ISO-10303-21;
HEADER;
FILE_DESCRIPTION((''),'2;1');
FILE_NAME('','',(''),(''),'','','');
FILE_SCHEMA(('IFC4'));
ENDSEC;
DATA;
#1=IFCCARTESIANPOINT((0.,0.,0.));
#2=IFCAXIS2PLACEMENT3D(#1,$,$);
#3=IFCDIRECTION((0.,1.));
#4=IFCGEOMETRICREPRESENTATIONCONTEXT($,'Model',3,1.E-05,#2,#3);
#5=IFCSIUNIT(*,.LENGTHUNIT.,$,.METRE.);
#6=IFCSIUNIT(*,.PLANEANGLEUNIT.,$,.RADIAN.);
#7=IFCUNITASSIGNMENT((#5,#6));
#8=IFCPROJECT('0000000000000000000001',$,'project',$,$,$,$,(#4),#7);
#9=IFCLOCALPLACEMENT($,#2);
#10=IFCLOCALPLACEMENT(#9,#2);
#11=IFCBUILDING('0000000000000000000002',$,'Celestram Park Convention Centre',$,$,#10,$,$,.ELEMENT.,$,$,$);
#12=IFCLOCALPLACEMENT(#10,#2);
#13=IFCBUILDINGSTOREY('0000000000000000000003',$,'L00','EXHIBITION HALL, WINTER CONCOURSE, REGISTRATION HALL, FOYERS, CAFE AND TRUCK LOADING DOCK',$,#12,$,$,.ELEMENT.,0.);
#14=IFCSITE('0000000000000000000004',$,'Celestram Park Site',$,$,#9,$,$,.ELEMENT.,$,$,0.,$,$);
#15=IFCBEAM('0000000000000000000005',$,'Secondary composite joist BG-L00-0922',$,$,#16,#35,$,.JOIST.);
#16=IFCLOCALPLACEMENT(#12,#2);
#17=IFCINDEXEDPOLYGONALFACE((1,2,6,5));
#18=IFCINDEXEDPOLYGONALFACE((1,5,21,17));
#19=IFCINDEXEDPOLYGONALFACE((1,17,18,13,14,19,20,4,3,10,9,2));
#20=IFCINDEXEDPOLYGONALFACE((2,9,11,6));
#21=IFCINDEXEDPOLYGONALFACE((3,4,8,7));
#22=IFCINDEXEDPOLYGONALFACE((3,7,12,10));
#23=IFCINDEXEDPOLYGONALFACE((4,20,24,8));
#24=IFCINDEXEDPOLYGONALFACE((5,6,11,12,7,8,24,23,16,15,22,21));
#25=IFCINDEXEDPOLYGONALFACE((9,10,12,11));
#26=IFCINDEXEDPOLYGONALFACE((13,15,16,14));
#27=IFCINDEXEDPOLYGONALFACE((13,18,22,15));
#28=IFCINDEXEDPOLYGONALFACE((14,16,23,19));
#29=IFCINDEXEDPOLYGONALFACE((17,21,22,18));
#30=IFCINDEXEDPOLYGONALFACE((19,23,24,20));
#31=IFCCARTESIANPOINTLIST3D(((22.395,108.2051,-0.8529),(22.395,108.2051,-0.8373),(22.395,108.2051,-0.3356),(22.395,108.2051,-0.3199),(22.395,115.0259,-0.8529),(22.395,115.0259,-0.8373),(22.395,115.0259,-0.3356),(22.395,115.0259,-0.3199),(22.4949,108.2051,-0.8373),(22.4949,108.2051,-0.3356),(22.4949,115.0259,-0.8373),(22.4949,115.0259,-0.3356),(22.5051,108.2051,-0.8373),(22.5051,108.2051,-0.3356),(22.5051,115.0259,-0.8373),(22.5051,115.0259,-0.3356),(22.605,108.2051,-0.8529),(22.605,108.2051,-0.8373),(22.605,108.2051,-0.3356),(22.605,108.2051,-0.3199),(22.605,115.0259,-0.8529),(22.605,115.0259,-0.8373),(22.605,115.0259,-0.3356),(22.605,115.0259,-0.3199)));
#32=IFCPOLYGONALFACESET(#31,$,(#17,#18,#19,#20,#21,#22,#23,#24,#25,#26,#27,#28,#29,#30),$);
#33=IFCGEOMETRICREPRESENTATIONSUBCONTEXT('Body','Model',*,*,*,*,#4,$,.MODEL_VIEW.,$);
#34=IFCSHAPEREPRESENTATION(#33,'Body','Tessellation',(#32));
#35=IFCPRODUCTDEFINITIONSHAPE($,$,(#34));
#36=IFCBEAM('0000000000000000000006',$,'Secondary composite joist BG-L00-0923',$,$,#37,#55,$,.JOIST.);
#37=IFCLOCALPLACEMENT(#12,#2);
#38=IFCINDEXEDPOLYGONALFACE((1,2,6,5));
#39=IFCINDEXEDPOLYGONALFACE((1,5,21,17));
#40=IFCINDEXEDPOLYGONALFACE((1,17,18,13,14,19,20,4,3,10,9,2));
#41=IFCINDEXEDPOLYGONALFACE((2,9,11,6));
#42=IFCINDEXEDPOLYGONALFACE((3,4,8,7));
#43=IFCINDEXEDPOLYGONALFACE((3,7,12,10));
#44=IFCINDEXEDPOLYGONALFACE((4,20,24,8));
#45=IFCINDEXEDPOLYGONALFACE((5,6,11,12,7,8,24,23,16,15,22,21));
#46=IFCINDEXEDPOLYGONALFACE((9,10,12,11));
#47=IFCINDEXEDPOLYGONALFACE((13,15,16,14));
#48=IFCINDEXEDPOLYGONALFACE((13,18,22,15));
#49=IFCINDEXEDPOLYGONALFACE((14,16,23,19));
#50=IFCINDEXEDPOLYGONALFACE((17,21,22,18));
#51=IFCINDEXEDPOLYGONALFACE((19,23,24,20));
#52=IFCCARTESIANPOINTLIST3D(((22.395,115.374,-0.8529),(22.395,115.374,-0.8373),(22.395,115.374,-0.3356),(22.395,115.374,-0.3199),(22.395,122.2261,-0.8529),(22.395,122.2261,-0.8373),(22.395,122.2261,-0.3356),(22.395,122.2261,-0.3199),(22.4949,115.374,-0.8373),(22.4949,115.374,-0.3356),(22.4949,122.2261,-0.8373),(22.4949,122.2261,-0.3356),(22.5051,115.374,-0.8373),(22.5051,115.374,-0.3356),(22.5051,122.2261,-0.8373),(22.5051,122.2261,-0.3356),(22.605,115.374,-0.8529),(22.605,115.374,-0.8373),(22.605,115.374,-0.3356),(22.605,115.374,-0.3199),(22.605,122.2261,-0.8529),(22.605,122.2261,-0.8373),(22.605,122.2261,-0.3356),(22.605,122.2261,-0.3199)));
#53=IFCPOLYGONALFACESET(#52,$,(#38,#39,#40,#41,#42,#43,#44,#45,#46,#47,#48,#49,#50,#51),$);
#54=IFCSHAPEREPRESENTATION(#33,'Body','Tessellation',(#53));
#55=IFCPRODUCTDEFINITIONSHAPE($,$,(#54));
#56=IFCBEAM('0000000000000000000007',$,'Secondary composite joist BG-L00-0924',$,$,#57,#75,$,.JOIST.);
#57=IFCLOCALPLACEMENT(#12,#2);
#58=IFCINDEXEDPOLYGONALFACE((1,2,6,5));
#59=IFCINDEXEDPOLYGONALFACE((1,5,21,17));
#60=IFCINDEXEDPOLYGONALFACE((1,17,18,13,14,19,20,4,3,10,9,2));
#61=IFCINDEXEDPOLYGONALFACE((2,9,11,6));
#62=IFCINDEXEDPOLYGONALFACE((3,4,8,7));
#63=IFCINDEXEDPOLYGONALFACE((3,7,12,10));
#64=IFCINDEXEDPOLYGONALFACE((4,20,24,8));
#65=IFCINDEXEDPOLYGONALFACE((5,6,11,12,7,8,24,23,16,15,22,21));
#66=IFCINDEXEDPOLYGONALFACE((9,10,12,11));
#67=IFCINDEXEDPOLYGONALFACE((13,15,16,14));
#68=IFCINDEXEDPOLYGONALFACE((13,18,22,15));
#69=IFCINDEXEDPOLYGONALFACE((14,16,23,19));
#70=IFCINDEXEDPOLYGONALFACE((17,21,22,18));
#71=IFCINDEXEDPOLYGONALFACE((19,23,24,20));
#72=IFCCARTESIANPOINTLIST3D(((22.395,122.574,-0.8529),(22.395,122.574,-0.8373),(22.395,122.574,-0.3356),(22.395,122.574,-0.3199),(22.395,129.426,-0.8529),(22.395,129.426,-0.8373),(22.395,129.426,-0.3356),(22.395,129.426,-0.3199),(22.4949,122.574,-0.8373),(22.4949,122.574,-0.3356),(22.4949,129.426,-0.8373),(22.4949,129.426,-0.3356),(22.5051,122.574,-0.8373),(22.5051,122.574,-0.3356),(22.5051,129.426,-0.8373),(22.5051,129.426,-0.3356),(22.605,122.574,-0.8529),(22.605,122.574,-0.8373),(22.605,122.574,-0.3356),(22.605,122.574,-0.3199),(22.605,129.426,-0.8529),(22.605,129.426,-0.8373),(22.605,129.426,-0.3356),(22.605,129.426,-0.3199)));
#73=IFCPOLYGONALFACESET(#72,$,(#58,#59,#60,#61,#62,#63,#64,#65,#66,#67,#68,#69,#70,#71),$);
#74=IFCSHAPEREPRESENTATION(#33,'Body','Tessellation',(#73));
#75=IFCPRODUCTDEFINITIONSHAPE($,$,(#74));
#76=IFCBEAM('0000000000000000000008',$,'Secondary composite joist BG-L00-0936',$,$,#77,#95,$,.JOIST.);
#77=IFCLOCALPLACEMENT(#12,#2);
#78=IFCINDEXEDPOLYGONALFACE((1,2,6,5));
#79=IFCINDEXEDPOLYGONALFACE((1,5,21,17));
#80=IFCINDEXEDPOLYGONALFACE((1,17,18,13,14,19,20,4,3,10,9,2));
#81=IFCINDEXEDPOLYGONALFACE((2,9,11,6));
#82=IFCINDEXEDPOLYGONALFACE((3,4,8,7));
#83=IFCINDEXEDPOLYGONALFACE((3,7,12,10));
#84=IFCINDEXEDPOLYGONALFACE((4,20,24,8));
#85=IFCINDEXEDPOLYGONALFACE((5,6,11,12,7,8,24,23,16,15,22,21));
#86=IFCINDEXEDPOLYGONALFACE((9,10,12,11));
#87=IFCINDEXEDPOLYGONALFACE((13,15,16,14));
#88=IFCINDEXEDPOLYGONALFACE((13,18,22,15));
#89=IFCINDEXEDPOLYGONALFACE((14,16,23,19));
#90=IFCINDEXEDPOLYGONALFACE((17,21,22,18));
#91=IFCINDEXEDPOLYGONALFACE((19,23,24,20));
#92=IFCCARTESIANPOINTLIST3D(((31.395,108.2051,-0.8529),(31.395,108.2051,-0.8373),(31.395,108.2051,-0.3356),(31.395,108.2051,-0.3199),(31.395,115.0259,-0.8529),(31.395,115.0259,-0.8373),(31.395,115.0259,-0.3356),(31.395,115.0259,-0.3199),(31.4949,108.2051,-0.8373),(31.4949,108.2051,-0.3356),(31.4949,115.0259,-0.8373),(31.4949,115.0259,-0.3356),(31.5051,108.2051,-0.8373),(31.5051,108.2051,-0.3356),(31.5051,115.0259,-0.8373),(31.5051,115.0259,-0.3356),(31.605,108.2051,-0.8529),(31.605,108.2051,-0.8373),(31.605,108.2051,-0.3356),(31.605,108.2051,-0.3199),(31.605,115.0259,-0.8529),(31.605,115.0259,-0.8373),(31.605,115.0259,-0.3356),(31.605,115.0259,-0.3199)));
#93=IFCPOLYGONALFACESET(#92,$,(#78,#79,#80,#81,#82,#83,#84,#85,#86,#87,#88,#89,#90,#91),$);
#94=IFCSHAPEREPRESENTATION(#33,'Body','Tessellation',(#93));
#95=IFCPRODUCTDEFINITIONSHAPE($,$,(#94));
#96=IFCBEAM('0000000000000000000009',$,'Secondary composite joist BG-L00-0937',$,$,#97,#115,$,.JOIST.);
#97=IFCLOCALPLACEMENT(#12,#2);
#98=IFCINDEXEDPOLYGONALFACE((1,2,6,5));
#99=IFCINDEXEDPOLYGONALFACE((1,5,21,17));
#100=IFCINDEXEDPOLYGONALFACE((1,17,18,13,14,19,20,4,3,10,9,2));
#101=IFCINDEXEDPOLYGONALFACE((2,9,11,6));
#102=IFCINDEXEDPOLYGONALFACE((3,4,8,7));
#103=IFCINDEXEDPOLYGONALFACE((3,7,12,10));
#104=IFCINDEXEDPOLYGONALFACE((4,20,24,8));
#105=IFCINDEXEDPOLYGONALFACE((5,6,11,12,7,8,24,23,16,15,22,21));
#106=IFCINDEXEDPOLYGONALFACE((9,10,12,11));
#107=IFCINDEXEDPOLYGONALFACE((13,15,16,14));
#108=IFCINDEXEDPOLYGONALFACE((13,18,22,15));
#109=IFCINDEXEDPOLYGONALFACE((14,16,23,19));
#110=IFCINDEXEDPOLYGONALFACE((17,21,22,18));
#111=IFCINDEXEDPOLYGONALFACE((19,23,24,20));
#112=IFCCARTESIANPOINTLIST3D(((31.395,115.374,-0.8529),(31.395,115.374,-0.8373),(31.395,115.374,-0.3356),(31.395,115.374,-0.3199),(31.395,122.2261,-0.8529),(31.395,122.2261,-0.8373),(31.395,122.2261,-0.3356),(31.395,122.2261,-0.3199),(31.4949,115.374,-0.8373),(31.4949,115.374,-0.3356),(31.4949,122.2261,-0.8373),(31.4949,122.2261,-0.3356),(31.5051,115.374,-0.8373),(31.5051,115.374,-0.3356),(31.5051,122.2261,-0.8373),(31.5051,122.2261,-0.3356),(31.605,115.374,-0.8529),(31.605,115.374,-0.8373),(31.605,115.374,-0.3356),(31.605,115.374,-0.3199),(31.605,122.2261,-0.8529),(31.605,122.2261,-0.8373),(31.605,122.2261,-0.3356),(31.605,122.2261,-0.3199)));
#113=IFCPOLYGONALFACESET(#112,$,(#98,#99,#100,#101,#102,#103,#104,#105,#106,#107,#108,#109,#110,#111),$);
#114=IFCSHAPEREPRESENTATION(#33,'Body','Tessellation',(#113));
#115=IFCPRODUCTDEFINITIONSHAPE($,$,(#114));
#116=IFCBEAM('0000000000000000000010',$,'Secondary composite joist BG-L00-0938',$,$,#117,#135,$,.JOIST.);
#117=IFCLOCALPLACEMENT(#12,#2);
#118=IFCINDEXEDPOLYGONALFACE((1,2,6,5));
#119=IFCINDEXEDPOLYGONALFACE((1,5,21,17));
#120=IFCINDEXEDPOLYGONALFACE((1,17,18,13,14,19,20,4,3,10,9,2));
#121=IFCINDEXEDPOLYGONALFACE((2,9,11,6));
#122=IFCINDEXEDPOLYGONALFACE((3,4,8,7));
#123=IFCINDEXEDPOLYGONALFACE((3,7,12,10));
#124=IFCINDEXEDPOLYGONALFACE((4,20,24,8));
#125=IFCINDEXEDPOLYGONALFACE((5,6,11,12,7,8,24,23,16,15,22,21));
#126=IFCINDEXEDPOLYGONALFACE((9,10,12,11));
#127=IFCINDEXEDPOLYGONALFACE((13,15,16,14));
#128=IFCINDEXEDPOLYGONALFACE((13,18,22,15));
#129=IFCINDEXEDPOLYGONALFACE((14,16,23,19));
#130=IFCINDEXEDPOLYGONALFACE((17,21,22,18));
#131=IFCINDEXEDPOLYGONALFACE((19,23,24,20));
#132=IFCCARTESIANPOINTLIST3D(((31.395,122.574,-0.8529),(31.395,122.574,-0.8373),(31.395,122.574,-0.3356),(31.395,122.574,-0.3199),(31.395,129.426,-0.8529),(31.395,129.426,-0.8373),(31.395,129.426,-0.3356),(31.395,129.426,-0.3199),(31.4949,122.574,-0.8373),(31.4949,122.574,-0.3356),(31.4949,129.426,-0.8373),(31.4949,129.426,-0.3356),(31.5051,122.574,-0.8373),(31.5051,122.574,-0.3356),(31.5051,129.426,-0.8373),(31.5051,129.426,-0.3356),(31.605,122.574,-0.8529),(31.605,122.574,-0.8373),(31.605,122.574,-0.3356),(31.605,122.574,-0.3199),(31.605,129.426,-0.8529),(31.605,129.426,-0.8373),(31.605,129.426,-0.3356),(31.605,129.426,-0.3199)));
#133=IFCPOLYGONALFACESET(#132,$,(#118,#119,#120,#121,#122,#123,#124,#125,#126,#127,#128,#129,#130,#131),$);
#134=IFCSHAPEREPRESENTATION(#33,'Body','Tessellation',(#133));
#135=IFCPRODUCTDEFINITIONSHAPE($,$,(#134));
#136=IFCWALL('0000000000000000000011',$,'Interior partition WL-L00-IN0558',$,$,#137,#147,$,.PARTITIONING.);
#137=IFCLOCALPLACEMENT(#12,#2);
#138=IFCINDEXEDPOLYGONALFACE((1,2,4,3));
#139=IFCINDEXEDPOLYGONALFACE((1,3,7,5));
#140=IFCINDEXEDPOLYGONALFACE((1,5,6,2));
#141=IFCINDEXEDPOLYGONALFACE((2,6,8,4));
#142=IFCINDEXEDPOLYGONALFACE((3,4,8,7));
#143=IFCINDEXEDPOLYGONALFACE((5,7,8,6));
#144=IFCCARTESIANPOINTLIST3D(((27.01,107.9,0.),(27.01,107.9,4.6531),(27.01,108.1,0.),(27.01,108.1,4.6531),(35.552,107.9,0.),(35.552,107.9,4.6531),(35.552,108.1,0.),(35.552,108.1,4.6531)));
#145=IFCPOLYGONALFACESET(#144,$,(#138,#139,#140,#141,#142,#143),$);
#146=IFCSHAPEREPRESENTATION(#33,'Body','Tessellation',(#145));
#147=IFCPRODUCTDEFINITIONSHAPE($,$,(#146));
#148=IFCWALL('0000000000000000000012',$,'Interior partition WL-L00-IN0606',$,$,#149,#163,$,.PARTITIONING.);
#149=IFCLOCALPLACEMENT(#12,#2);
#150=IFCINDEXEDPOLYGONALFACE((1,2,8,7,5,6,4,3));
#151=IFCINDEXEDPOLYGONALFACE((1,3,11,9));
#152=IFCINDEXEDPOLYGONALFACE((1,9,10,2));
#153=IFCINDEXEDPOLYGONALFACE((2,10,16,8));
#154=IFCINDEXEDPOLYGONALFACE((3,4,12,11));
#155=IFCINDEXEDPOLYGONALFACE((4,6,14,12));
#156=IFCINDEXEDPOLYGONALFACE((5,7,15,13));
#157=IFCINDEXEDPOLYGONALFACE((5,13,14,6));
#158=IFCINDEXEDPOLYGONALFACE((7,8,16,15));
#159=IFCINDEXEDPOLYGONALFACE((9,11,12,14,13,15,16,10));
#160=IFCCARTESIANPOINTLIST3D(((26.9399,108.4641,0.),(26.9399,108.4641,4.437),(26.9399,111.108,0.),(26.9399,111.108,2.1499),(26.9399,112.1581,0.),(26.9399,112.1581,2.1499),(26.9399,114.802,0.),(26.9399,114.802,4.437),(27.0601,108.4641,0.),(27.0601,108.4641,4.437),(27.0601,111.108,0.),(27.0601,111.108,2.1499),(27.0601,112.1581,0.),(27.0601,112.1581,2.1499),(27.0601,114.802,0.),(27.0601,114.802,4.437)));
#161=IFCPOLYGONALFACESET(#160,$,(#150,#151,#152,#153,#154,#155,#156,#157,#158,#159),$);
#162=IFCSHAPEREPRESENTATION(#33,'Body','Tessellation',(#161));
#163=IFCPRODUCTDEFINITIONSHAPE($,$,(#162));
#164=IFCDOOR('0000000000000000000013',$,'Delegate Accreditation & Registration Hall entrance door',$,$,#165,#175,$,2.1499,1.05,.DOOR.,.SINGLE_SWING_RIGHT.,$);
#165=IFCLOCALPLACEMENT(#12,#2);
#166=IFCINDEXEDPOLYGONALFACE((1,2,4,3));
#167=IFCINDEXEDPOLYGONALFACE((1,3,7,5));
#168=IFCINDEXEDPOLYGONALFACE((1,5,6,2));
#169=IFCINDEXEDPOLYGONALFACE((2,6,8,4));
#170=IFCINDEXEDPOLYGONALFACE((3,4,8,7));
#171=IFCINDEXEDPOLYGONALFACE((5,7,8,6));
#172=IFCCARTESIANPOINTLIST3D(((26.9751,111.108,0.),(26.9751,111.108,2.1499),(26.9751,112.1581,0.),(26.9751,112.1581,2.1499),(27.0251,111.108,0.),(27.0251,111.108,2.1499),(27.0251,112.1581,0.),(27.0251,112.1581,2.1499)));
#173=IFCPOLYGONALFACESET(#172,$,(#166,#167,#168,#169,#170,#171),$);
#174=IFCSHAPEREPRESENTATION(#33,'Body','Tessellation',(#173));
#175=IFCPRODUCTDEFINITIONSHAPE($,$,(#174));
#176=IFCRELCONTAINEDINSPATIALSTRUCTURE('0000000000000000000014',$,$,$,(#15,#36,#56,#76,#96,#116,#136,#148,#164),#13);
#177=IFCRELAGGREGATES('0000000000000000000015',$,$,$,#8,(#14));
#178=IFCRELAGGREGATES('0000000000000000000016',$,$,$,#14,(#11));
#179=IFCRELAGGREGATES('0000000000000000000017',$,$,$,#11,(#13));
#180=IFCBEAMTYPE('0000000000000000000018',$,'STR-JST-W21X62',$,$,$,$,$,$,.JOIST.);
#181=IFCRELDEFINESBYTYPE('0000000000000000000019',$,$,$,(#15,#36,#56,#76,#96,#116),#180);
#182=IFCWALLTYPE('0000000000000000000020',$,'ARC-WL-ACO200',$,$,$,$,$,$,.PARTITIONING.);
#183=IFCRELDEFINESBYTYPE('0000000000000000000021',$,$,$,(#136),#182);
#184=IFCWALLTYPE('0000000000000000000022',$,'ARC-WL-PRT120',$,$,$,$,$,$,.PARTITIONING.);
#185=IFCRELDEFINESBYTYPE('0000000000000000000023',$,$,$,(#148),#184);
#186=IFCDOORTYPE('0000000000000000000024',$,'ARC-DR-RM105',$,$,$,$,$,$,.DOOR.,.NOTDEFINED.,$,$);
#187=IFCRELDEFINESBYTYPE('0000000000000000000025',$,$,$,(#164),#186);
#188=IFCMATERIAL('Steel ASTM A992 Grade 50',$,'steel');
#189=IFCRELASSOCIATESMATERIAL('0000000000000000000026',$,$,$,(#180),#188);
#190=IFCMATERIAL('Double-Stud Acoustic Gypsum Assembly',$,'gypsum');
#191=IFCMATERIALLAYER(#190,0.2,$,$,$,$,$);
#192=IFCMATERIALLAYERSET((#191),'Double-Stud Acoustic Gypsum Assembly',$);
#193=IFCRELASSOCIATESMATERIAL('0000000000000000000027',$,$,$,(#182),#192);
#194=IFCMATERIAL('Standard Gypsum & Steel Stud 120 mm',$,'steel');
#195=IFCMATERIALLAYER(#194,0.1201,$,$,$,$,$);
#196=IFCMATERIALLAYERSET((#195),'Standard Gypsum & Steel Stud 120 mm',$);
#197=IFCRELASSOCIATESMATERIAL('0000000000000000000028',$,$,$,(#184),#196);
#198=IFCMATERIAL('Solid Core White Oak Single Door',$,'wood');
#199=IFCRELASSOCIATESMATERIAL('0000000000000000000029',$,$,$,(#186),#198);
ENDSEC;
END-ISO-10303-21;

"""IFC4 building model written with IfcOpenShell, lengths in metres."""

from ifc_helpers import new_model, si_unit, direction, frame, frame_2d, origin, origin_2d, place, context, subcontext, project, spatial, rectangle, i_section, extrude, material, layer, layer_set, material_profile, profile_set, type_object, element, fill, save


model = new_model("IFC4")

# Units and contexts
model_context = context("Model", 3, precision=1e-05, world=origin(), true_north=direction((0.0, 1.0)))
body_context = subcontext(model_context, "Body", "Model", "MODEL_VIEW")
ifc_project = project(units=[si_unit("LENGTHUNIT", "METRE"), si_unit("PLANEANGLEUNIT", "RADIAN")], contexts=[model_context])

# Site, building, storey
site_placement = place(None, origin())
site = spatial("IfcSite", under=ifc_project, at=site_placement, Name="Celestram Park Site", CompositionType="ELEMENT", RefElevation=0.0)
building_placement = place(site_placement, origin())
building = spatial("IfcBuilding", under=site, at=building_placement, Name="Celestram Park Convention Centre", CompositionType="ELEMENT")
storey_placement = place(building_placement, origin())
storey = spatial("IfcBuildingStorey", under=building, at=storey_placement, Name="L00", Description="EXHIBITION HALL, WINTER CONCOURSE, REGISTRATION HALL, FOYERS, CAFE AND TRUCK LOADING DOCK", CompositionType="ELEMENT", Elevation=0.0)

# Shared definitions
ifc_material_1 = material(Name="Steel ASTM A992 Grade 50", Category="steel")

# Beams
ifc_material_profile_1 = material_profile(ifc_material_1, i_section(OverallWidth=0.21, OverallDepth=0.533, WebThickness=0.0103, FlangeThickness=0.0156, at=origin_2d()), Name="W21X62")
ifc_profile_set_1 = profile_set([ifc_material_profile_1], Name="Steel ASTM A992 Grade 50")
beam_type_1 = type_object("IfcBeamType", Name="STR-JST-W21X62", PredefinedType="JOIST", material=ifc_profile_set_1)
beam_1_placement = place(storey_placement, frame((22.5, 108.2051, -0.5864), z_axis=(0.0, 1.0, 0.0), x_axis=(-1.0, 0.0, 0.0)))
element("IfcBeam", 1, at=beam_1_placement, inside=storey, type_object=beam_type_1, Name="Secondary composite joist BG-L00-0922", PredefinedType="JOIST", context=body_context, shape_type="SweptSolid", body=[
    extrude(i_section(OverallWidth=0.21, OverallDepth=0.533, WebThickness=0.0103, FlangeThickness=0.0156, at=origin_2d()), origin(), (0.0, 0.0, 1.0), 6.8208),
])
for number, where, z_axis, x_axis, name in (
    (2, (22.5, 115.374, -0.5864), (0.0, 1.0, 0.0), (-1.0, 0.0, 0.0), "Secondary composite joist BG-L00-0923"),
    (3, (22.5, 122.574, -0.5864), (0.0, 1.0, 0.0), (-1.0, 0.0, 0.0), "Secondary composite joist BG-L00-0924"),
):
    element("IfcBeam", number, at=place(storey_placement, frame(where, z_axis=z_axis, x_axis=x_axis)), inside=storey, type_object=beam_type_1, Name=name, PredefinedType="JOIST", context=body_context, shape_type="SweptSolid", body=[
        extrude(i_section(OverallWidth=0.21, OverallDepth=0.533, WebThickness=0.0103, FlangeThickness=0.0156, at=origin_2d()), origin(), (0.0, 0.0, 1.0), 6.8521),
    ])
beam_2_placement = place(storey_placement, frame((31.5, 108.2051, -0.5864), z_axis=(0.0, 1.0, 0.0), x_axis=(-1.0, 0.0, 0.0)))
element("IfcBeam", 4, at=beam_2_placement, inside=storey, type_object=beam_type_1, Name="Secondary composite joist BG-L00-0936", PredefinedType="JOIST", context=body_context, shape_type="SweptSolid", body=[
    extrude(i_section(OverallWidth=0.21, OverallDepth=0.533, WebThickness=0.0103, FlangeThickness=0.0156, at=origin_2d()), origin(), (0.0, 0.0, 1.0), 6.8208),
])
for number, where, z_axis, x_axis, name in (
    (5, (31.5, 115.374, -0.5864), (0.0, 1.0, 0.0), (-1.0, 0.0, 0.0), "Secondary composite joist BG-L00-0937"),
    (6, (31.5, 122.574, -0.5864), (0.0, 1.0, 0.0), (-1.0, 0.0, 0.0), "Secondary composite joist BG-L00-0938"),
):
    element("IfcBeam", number, at=place(storey_placement, frame(where, z_axis=z_axis, x_axis=x_axis)), inside=storey, type_object=beam_type_1, Name=name, PredefinedType="JOIST", context=body_context, shape_type="SweptSolid", body=[
        extrude(i_section(OverallWidth=0.21, OverallDepth=0.533, WebThickness=0.0103, FlangeThickness=0.0156, at=origin_2d()), origin(), (0.0, 0.0, 1.0), 6.8521),
    ])

# Wall
ifc_material_2 = material(Name="Double-Stud Acoustic Gypsum Assembly", Category="gypsum")
ifc_layer_1 = layer(ifc_material_2, 0.2)
ifc_layer_set_1 = layer_set([ifc_layer_1], Name="Double-Stud Acoustic Gypsum Assembly")
wall_type_1 = type_object("IfcWallType", Name="ARC-WL-ACO200", PredefinedType="PARTITIONING", material=ifc_layer_set_1)
wall_1_placement = place(storey_placement, frame((27.01, 108.0, 0.0), z_axis=(0.0, 0.0, 1.0), x_axis=(1.0, 0.0, 0.0)))
element("IfcWall", 7, at=wall_1_placement, inside=storey, type_object=wall_type_1, Name="Interior partition WL-L00-IN0558", PredefinedType="PARTITIONING", context=body_context, shape_type="SweptSolid", body=[
    extrude(rectangle(XDim=8.542, YDim=0.2, at=frame_2d((4.271, 0.0))), origin(), (0.0, 0.0, 1.0), 4.6531),
])

# Wall, opening, door
ifc_material_3 = material(Name="Standard Gypsum & Steel Stud 120 mm", Category="steel")
ifc_layer_2 = layer(ifc_material_3, 0.1201)
ifc_layer_set_2 = layer_set([ifc_layer_2], Name="Standard Gypsum & Steel Stud 120 mm")
wall_type_2 = type_object("IfcWallType", Name="ARC-WL-PRT120", PredefinedType="PARTITIONING", material=ifc_layer_set_2)
wall_2_placement = place(storey_placement, frame((27.0, 108.4641, 0.0), z_axis=(0.0, 0.0, 1.0), x_axis=(0.0, 1.0, 0.0)))
wall_2 = element("IfcWall", 8, at=wall_2_placement, inside=storey, type_object=wall_type_2, Name="Interior partition WL-L00-IN0606", PredefinedType="PARTITIONING", context=body_context, shape_type="SweptSolid", body=[
    extrude(rectangle(XDim=6.3379, YDim=0.1201, at=frame_2d((3.1689, 0.0))), origin(), (0.0, 0.0, 1.0), 4.437),
])
opening_1_placement = place(wall_2_placement, frame((2.644, 0.0, 0.0)))
opening_1 = element("IfcOpeningElement", 9, at=opening_1_placement, cuts=wall_2, PredefinedType="OPENING", context=body_context, shape_type="SweptSolid", body=[
    extrude(rectangle(XDim=1.05, YDim=2.1499, at=frame_2d((0.5249, 1.075))), frame((0.0, 0.0701, 0.0), z_axis=(0.0, -1.0, 0.0), x_axis=(1.0, 0.0, 0.0)), (0.0, 0.0, 1.0), 0.1401),
])
ifc_material_4 = material(Name="Solid Core White Oak Single Door", Category="wood")
door_type_1 = type_object("IfcDoorType", Name="ARC-DR-RM105", OperationType="NOTDEFINED", PredefinedType="DOOR", material=ifc_material_4)
door_1_placement = place(opening_1_placement, origin())
door_1 = element("IfcDoor", 10, at=door_1_placement, inside=storey, type_object=door_type_1, Name="Delegate Accreditation & Registration Hall entrance door", OperationType="SINGLE_SWING_RIGHT", OverallHeight=2.1499, OverallWidth=1.05, PredefinedType="DOOR", context=body_context, shape_type="SweptSolid", body=[
    extrude(rectangle(XDim=1.05, YDim=2.1499, at=frame_2d((0.5249, 1.075))), frame((0.0, 0.0249, 0.0), z_axis=(0.0, -1.0, 0.0), x_axis=(1.0, 0.0, 0.0)), (0.0, 0.0, 1.0), 0.05),
])
fill(opening_1, door_1)

save(model, "model.ifc")
